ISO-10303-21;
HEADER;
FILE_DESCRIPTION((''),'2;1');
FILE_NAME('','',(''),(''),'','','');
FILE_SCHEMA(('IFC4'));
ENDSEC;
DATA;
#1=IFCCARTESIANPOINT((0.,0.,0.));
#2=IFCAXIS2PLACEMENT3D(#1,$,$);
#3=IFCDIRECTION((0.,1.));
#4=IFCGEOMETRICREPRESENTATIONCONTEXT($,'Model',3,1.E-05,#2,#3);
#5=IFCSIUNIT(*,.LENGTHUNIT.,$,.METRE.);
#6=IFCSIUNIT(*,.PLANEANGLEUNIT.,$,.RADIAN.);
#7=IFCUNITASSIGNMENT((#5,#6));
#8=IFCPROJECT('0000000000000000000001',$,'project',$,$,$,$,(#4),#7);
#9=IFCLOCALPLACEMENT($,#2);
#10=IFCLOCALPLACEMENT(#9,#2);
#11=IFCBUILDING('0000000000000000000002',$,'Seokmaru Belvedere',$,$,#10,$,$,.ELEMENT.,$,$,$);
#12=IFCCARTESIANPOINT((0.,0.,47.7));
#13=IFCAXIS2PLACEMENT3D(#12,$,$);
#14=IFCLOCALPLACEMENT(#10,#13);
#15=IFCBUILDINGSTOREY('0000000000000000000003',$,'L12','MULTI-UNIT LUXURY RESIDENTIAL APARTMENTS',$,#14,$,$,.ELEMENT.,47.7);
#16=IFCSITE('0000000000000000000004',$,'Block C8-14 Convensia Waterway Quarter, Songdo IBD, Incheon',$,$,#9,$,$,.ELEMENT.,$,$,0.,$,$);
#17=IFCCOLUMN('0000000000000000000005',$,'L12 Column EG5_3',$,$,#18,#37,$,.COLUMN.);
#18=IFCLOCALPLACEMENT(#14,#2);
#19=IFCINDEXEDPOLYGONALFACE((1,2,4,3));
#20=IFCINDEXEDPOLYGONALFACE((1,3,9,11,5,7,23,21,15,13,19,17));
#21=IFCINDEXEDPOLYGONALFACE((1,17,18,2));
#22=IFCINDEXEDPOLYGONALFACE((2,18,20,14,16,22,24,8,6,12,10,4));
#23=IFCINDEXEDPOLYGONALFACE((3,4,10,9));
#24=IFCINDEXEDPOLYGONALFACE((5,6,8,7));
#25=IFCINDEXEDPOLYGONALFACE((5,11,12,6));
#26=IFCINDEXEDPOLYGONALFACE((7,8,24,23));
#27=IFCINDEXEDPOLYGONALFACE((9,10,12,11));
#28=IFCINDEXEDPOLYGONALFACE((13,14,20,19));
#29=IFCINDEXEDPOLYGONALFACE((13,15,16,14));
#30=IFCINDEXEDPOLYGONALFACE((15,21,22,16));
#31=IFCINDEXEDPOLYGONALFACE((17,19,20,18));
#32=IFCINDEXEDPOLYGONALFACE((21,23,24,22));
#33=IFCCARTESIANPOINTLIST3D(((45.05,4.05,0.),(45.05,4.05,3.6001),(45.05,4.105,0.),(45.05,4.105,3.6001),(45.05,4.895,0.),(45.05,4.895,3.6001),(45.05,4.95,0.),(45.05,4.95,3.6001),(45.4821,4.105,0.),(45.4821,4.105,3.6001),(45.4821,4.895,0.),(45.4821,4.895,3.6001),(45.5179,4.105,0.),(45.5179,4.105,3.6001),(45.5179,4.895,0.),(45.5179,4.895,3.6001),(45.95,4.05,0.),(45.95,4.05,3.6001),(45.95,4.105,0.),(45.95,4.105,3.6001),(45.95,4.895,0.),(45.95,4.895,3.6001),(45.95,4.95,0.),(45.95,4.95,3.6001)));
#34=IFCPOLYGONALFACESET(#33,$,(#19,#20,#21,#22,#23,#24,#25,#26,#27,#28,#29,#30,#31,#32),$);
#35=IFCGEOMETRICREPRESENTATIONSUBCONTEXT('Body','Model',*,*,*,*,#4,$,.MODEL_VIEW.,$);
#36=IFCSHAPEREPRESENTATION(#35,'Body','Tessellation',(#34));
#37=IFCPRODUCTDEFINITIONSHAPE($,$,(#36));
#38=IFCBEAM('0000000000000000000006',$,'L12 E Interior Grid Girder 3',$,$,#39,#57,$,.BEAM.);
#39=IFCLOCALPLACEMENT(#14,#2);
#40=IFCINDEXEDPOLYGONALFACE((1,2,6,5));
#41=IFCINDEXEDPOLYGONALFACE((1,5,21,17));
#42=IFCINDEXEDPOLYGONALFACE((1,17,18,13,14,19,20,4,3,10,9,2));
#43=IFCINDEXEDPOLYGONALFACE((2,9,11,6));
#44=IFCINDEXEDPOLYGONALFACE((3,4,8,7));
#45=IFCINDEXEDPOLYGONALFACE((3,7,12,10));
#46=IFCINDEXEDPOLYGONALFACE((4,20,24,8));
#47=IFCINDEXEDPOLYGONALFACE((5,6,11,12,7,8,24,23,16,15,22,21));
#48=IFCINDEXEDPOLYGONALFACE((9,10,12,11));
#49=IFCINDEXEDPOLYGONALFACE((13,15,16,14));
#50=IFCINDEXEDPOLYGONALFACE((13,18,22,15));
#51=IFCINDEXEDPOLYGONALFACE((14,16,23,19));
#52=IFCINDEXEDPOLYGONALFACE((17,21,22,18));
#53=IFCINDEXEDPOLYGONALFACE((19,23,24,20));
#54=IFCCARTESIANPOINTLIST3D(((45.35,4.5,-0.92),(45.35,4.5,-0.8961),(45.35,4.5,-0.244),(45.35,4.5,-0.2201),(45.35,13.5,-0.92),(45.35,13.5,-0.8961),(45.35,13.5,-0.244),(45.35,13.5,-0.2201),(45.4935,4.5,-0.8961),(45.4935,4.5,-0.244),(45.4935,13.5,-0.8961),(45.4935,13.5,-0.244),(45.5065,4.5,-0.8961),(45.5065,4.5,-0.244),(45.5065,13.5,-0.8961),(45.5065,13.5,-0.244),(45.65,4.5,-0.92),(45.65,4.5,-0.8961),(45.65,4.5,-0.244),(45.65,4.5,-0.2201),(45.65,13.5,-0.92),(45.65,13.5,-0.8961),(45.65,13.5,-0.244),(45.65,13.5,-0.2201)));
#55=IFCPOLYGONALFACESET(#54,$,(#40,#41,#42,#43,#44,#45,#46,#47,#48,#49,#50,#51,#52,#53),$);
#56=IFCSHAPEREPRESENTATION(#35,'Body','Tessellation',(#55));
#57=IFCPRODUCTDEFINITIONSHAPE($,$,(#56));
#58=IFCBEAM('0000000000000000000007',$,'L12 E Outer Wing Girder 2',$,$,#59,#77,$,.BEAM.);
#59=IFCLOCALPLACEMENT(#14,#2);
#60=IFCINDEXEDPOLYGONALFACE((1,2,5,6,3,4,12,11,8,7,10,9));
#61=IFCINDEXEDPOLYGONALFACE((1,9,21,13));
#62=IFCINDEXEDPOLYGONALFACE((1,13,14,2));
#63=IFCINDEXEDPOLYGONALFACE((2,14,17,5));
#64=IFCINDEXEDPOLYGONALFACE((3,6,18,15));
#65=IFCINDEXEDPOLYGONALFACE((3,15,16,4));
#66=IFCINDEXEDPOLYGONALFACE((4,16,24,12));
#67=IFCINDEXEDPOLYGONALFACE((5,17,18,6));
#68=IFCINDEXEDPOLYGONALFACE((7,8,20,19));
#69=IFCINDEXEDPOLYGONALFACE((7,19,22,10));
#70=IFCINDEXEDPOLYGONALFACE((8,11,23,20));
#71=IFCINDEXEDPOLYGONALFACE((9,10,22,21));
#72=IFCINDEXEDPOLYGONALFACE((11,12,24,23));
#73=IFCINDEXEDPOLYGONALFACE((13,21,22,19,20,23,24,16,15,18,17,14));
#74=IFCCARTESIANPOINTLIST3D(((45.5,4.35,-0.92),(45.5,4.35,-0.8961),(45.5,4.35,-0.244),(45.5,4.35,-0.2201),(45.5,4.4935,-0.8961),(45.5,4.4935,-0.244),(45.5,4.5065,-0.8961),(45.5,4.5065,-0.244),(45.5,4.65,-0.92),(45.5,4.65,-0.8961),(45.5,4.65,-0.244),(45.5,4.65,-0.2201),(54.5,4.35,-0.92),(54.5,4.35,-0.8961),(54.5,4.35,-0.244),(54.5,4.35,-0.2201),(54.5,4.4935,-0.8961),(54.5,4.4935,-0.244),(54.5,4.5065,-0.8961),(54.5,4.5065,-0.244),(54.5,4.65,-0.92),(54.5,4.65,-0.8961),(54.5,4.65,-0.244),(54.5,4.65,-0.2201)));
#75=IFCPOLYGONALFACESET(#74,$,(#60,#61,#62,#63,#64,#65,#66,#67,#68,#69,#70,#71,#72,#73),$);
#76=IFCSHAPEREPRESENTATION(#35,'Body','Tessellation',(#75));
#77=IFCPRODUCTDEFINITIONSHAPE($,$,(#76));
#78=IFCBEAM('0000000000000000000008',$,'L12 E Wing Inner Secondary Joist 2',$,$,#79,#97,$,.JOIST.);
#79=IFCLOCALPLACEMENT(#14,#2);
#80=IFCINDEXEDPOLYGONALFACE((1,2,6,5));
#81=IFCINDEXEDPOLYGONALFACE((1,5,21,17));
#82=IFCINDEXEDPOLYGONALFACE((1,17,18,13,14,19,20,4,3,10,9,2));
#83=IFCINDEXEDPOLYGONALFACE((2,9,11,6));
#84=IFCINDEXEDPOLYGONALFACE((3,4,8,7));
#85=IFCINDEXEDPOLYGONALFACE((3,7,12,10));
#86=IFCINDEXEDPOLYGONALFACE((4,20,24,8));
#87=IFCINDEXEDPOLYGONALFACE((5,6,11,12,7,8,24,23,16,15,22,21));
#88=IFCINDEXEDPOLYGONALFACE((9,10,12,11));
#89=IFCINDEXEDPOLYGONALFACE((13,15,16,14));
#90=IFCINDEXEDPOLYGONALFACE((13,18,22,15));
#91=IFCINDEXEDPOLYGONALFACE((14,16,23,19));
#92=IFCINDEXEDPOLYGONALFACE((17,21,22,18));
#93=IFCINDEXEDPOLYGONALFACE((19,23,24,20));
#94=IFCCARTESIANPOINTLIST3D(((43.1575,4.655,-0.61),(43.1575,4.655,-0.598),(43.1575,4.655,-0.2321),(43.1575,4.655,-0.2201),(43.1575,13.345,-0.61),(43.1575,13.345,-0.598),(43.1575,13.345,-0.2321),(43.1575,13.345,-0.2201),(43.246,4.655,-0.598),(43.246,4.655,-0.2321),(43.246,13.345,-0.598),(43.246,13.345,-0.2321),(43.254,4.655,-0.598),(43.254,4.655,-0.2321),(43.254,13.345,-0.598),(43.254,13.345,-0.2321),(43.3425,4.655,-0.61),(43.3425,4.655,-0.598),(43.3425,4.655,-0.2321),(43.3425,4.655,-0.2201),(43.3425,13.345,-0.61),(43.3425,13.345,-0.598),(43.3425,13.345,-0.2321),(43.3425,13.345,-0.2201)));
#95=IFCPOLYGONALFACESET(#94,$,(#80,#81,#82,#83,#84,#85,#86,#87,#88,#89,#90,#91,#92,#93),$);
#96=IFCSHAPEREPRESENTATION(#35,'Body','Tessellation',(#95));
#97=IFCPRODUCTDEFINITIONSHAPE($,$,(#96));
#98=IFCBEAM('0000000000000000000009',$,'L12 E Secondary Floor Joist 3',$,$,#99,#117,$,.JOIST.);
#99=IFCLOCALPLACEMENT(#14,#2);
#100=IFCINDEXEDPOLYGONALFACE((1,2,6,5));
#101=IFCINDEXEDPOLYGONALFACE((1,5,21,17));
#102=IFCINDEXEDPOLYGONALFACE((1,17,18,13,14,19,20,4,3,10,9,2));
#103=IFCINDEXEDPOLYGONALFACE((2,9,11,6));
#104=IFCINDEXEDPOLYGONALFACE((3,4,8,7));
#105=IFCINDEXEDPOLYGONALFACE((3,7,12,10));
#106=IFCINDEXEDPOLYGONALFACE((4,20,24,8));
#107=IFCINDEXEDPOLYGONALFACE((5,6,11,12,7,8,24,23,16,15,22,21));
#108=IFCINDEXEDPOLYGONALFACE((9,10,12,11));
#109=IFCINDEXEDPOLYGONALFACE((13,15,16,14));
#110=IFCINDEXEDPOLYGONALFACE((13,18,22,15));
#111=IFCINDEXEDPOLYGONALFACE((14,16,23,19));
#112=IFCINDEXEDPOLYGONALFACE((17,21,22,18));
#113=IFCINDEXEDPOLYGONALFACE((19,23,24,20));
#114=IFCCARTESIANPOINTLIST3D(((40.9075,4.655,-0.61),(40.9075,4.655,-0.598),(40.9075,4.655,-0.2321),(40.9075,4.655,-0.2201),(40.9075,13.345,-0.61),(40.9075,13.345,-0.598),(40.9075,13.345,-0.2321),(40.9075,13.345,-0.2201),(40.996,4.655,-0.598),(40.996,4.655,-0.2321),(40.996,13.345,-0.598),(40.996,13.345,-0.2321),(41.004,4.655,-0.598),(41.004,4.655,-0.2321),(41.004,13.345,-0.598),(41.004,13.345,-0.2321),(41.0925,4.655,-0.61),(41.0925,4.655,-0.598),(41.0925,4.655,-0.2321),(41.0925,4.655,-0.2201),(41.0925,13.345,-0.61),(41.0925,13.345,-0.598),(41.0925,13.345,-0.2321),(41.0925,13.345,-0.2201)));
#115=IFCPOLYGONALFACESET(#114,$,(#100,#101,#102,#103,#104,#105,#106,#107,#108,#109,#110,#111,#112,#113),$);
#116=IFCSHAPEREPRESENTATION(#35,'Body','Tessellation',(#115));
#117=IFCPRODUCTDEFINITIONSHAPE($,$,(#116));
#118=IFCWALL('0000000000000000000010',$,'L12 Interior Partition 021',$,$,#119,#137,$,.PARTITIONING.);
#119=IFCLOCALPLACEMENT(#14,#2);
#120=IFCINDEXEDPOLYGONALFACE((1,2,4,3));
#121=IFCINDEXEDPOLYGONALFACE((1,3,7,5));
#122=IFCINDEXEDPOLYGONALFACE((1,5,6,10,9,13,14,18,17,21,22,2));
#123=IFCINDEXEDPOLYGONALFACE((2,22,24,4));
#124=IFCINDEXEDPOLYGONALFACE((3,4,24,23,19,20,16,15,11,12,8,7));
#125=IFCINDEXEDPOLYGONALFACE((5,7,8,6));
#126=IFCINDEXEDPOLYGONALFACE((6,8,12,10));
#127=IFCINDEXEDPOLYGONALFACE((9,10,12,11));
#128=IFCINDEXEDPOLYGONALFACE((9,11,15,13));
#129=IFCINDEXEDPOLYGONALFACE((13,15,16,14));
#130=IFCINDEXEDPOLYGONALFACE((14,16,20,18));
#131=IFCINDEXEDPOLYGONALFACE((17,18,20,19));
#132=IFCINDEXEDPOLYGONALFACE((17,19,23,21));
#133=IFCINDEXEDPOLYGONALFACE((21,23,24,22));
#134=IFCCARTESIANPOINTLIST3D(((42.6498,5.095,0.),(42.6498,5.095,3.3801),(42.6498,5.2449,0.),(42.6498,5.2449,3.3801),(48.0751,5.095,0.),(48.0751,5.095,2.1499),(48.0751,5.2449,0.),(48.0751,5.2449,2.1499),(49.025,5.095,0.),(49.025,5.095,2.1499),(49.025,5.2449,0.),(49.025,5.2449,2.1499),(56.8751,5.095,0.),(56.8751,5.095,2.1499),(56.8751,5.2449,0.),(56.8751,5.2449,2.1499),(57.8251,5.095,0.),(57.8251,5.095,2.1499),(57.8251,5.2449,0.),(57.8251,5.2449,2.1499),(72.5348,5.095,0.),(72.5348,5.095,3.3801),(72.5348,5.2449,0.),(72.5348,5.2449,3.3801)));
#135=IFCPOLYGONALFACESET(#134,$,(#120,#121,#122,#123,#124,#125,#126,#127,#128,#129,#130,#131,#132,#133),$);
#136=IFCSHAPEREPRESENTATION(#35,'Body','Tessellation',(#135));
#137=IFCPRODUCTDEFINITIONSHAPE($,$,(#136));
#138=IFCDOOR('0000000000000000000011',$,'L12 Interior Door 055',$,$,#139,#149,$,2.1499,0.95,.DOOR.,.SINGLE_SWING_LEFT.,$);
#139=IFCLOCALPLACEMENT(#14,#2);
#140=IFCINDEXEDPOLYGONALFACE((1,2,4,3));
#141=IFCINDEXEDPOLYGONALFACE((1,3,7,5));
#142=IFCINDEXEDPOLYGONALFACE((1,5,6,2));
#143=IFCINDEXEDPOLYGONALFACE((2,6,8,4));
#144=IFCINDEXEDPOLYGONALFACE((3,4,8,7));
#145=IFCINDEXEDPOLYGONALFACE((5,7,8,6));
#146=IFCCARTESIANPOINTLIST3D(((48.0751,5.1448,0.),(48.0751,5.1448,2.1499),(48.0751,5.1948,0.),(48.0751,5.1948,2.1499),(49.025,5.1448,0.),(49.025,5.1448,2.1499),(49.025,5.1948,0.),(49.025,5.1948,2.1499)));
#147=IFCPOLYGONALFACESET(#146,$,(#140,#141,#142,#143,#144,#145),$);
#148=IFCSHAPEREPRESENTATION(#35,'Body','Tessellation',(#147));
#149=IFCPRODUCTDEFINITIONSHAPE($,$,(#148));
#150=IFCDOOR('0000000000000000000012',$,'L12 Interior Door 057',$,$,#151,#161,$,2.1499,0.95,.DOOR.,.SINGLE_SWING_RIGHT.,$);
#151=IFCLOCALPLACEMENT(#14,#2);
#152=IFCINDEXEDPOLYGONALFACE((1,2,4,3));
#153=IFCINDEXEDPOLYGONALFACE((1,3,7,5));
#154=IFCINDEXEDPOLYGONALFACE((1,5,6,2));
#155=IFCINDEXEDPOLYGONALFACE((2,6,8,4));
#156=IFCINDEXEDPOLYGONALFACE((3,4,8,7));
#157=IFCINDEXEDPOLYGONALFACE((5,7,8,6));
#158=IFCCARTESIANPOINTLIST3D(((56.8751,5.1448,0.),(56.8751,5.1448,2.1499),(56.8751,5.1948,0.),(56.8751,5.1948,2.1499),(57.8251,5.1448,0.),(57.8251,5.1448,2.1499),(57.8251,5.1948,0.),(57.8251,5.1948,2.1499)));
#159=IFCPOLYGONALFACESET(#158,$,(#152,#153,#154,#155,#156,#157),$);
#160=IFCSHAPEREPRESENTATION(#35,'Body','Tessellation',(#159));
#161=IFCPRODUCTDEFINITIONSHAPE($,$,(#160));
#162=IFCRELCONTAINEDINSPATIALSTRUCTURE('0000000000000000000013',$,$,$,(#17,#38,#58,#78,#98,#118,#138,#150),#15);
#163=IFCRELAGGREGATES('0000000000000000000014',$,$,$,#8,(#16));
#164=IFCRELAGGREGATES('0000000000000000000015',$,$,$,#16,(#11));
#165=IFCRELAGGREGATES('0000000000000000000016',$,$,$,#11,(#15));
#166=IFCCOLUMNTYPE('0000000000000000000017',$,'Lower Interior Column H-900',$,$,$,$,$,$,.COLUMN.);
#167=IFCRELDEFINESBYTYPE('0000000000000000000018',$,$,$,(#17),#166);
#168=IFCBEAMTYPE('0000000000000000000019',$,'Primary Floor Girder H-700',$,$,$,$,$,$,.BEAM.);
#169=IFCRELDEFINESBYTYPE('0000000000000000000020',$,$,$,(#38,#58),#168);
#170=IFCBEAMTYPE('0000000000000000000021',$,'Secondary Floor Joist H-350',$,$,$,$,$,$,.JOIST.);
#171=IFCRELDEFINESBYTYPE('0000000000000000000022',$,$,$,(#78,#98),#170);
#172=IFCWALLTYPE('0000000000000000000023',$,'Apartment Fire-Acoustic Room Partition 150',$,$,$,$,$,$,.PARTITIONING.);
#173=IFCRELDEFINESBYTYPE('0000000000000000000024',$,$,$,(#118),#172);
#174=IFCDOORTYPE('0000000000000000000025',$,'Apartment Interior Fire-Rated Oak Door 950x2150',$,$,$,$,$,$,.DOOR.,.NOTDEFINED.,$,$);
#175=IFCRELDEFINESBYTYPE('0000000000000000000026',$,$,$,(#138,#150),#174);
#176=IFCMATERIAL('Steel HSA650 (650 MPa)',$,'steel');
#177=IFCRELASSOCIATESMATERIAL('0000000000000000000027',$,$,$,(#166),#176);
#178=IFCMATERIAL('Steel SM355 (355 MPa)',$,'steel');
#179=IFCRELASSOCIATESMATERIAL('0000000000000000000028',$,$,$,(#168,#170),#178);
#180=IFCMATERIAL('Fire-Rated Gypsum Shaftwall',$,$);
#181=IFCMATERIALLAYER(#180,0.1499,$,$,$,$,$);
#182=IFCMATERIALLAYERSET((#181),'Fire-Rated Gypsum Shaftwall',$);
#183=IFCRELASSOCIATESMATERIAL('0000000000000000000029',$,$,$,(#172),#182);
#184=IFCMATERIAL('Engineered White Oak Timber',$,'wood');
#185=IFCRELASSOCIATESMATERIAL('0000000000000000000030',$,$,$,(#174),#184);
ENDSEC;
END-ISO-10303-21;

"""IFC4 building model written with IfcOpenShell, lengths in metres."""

from ifc_helpers import new_model, si_unit, direction, frame, frame_2d, origin, origin_2d, place, context, subcontext, project, spatial, rectangle, i_section, extrude, source, transform, mapped, material, layer, layer_set, material_profile, profile_set, type_object, type_shapes, element, fill, save


model = new_model("IFC4")

# Units and contexts
model_context = context("Model", 3, precision=1e-05, world=origin(), true_north=direction((0.0, 1.0)))
body_context = subcontext(model_context, "Body", "Model", "MODEL_VIEW")
ifc_project = project(units=[si_unit("LENGTHUNIT", "METRE"), si_unit("PLANEANGLEUNIT", "RADIAN")], contexts=[model_context])

# Site, building, storey
site_placement = place(None, origin())
site = spatial("IfcSite", under=ifc_project, at=site_placement, Name="Block C8-14 Convensia Waterway Quarter, Songdo IBD, Incheon", CompositionType="ELEMENT", RefElevation=0.0)
building_placement = place(site_placement, origin())
building = spatial("IfcBuilding", under=site, at=building_placement, Name="Seokmaru Belvedere", CompositionType="ELEMENT")
storey_placement = place(building_placement, frame((0.0, 0.0, 47.7)))
storey = spatial("IfcBuildingStorey", under=building, at=storey_placement, Name="L12", Description="MULTI-UNIT LUXURY RESIDENTIAL APARTMENTS", CompositionType="ELEMENT", Elevation=47.7)

# Column
ifc_material_1 = material(Name="Steel HSA650 (650 MPa)", Category="steel")
ifc_material_profile_1 = material_profile(ifc_material_1, i_section(OverallWidth=0.8999, OverallDepth=0.8999, WebThickness=0.0359, FlangeThickness=0.0549, at=origin_2d()), Name="H-900x900x36x55")
ifc_profile_set_1 = profile_set([ifc_material_profile_1], Name="Steel HSA650 (650 MPa)")
column_type = type_object("IfcColumnType", Name="Lower Interior Column H-900", PredefinedType="COLUMN", material=ifc_profile_set_1)
shared_shape_1 = source(origin(), body_context, "Body", "SweptSolid", [
    extrude(i_section(OverallWidth=0.8999, OverallDepth=0.8999, WebThickness=0.0359, FlangeThickness=0.0549, at=origin_2d()), origin(), (0.0, 0.0, 1.0), 3.6001),
])
type_shapes(column_type, [shared_shape_1])
column_placement = place(storey_placement, frame((45.5, 4.5, 0.0), z_axis=(0.0, 0.0, 1.0), x_axis=(1.0, 0.0, 0.0)))
element("IfcColumn", 1, at=column_placement, inside=storey, type_object=column_type, Name="L12 Column EG5_3", PredefinedType="COLUMN", context=body_context, shape_type="MappedRepresentation", body=[
    mapped(shared_shape_1, transform((0.0, 0.0, 0.0), scale=1.0)),
])

# Beams
ifc_material_2 = material(Name="Steel SM355 (355 MPa)", Category="steel")
ifc_material_profile_2 = material_profile(ifc_material_2, i_section(OverallWidth=0.3, OverallDepth=0.7, WebThickness=0.0129, FlangeThickness=0.0239, at=origin_2d()), Name="H-700x300x13x24")
ifc_profile_set_2 = profile_set([ifc_material_profile_2], Name="Steel SM355 (355 MPa)")
beam_type_1 = type_object("IfcBeamType", Name="Primary Floor Girder H-700", PredefinedType="BEAM", material=ifc_profile_set_2)
shared_shape_2 = source(origin(), body_context, "Body", "SweptSolid", [
    extrude(i_section(OverallWidth=0.3, OverallDepth=0.7, WebThickness=0.0129, FlangeThickness=0.0239, at=origin_2d()), origin(), (0.0, 0.0, 1.0), 9.0),
])
type_shapes(beam_type_1, [shared_shape_2])
for number, where, z_axis, x_axis, name in (
    (2, (45.5, 4.5, -0.5701), (0.0, 1.0, 0.0), (-1.0, 0.0, 0.0), "L12 E Interior Grid Girder 3"),
    (3, (45.5, 4.5, -0.5701), (1.0, 0.0, 0.0), (0.0, 1.0, 0.0), "L12 E Outer Wing Girder 2"),
):
    element("IfcBeam", number, at=place(storey_placement, frame(where, z_axis=z_axis, x_axis=x_axis)), inside=storey, type_object=beam_type_1, Name=name, PredefinedType="BEAM", context=body_context, shape_type="MappedRepresentation", body=[
        mapped(shared_shape_2, transform((0.0, 0.0, 0.0), scale=1.0)),
    ])
ifc_material_profile_3 = material_profile(ifc_material_2, i_section(OverallWidth=0.1851, OverallDepth=0.3899, WebThickness=0.0081, FlangeThickness=0.012, at=origin_2d()), Name="H-390x185x8x12")
ifc_profile_set_3 = profile_set([ifc_material_profile_3], Name="Steel SM355 (355 MPa)")
beam_type_2 = type_object("IfcBeamType", Name="Secondary Floor Joist H-350", PredefinedType="JOIST", material=ifc_profile_set_3)
shared_shape_3 = source(origin(), body_context, "Body", "SweptSolid", [
    extrude(i_section(OverallWidth=0.1851, OverallDepth=0.3899, WebThickness=0.0081, FlangeThickness=0.012, at=origin_2d()), origin(), (0.0, 0.0, 1.0), 8.6899),
])
type_shapes(beam_type_2, [shared_shape_3])
for number, where, z_axis, x_axis, name in (
    (4, (43.25, 4.655, -0.415), (0.0, 1.0, 0.0), (-1.0, 0.0, 0.0), "L12 E Wing Inner Secondary Joist 2"),
    (5, (41.0, 4.655, -0.415), (0.0, 1.0, 0.0), (-1.0, 0.0, 0.0), "L12 E Secondary Floor Joist 3"),
):
    element("IfcBeam", number, at=place(storey_placement, frame(where, z_axis=z_axis, x_axis=x_axis)), inside=storey, type_object=beam_type_2, Name=name, PredefinedType="JOIST", context=body_context, shape_type="MappedRepresentation", body=[
        mapped(shared_shape_3, transform((0.0, 0.0, 0.0), scale=1.0)),
    ])

# Wall, openings, doors
ifc_material_3 = material(Name="Fire-Rated Gypsum Shaftwall")
ifc_layer_1 = layer(ifc_material_3, 0.1499)
ifc_layer_set_1 = layer_set([ifc_layer_1], Name="Fire-Rated Gypsum Shaftwall")
wall_type_1 = type_object("IfcWallType", Name="Apartment Fire-Acoustic Room Partition 150", PredefinedType="PARTITIONING", material=ifc_layer_set_1)
wall_1_placement = place(storey_placement, frame((42.6499, 5.1699, 0.0), z_axis=(0.0, 0.0, 1.0), x_axis=(1.0, 0.0, 0.0)))
wall_1 = element("IfcWall", 6, at=wall_1_placement, inside=storey, type_object=wall_type_1, Name="L12 Interior Partition 021", PredefinedType="PARTITIONING", context=body_context, shape_type="SweptSolid", body=[
    extrude(rectangle(XDim=29.885, YDim=0.1499, at=frame_2d((14.9424, 0.0))), origin(), (0.0, 0.0, 1.0), 3.3801),
])
opening_1_placement = place(wall_1_placement, frame((5.425, 0.0, 0.0)))
opening_1 = element("IfcOpeningElement", 7, at=opening_1_placement, cuts=wall_1, PredefinedType="OPENING", context=body_context, shape_type="SweptSolid", body=[
    extrude(rectangle(XDim=0.95, YDim=2.1499, at=frame_2d((0.4751, 1.075))), frame((0.0, 0.085, 0.0), z_axis=(0.0, -1.0, 0.0), x_axis=(1.0, 0.0, 0.0)), (0.0, 0.0, 1.0), 0.1699),
])
opening_2_placement = place(wall_1_placement, frame((14.2251, 0.0, 0.0)))
opening_2 = element("IfcOpeningElement", 8, at=opening_2_placement, cuts=wall_1, PredefinedType="OPENING", context=body_context, shape_type="SweptSolid", body=[
    extrude(rectangle(XDim=0.95, YDim=2.1499, at=frame_2d((0.4751, 1.075))), frame((0.0, 0.085, 0.0), z_axis=(0.0, -1.0, 0.0), x_axis=(1.0, 0.0, 0.0)), (0.0, 0.0, 1.0), 0.1699),
])
ifc_material_4 = material(Name="Engineered White Oak Timber", Category="wood")
door_type_1 = type_object("IfcDoorType", Name="Apartment Interior Fire-Rated Oak Door 950x2150", OperationType="NOTDEFINED", PredefinedType="DOOR", material=ifc_material_4)
shared_shape_4 = source(origin(), body_context, "Body", "SweptSolid", [
    extrude(rectangle(XDim=0.95, YDim=2.1499, at=frame_2d((0.4751, 1.075))), frame((0.0, 0.0249, 0.0), z_axis=(0.0, -1.0, 0.0), x_axis=(1.0, 0.0, 0.0)), (0.0, 0.0, 1.0), 0.05),
])
type_shapes(door_type_1, [shared_shape_4])
door_1_placement = place(opening_1_placement, origin())
door_1 = element("IfcDoor", 9, at=door_1_placement, inside=storey, type_object=door_type_1, Name="L12 Interior Door 055", OperationType="SINGLE_SWING_LEFT", OverallHeight=2.1499, OverallWidth=0.95, PredefinedType="DOOR", context=body_context, shape_type="MappedRepresentation", body=[
    mapped(shared_shape_4, transform((0.0, 0.0, 0.0), scale=1.0)),
])
fill(opening_1, door_1)
door_2_placement = place(opening_2_placement, origin())
door_2 = element("IfcDoor", 10, at=door_2_placement, inside=storey, type_object=door_type_1, Name="L12 Interior Door 057", OperationType="SINGLE_SWING_RIGHT", OverallHeight=2.1499, OverallWidth=0.95, PredefinedType="DOOR", context=body_context, shape_type="MappedRepresentation", body=[
    mapped(shared_shape_4, transform((0.0, 0.0, 0.0), scale=1.0)),
])
fill(opening_2, door_2)

save(model, "model.ifc")
